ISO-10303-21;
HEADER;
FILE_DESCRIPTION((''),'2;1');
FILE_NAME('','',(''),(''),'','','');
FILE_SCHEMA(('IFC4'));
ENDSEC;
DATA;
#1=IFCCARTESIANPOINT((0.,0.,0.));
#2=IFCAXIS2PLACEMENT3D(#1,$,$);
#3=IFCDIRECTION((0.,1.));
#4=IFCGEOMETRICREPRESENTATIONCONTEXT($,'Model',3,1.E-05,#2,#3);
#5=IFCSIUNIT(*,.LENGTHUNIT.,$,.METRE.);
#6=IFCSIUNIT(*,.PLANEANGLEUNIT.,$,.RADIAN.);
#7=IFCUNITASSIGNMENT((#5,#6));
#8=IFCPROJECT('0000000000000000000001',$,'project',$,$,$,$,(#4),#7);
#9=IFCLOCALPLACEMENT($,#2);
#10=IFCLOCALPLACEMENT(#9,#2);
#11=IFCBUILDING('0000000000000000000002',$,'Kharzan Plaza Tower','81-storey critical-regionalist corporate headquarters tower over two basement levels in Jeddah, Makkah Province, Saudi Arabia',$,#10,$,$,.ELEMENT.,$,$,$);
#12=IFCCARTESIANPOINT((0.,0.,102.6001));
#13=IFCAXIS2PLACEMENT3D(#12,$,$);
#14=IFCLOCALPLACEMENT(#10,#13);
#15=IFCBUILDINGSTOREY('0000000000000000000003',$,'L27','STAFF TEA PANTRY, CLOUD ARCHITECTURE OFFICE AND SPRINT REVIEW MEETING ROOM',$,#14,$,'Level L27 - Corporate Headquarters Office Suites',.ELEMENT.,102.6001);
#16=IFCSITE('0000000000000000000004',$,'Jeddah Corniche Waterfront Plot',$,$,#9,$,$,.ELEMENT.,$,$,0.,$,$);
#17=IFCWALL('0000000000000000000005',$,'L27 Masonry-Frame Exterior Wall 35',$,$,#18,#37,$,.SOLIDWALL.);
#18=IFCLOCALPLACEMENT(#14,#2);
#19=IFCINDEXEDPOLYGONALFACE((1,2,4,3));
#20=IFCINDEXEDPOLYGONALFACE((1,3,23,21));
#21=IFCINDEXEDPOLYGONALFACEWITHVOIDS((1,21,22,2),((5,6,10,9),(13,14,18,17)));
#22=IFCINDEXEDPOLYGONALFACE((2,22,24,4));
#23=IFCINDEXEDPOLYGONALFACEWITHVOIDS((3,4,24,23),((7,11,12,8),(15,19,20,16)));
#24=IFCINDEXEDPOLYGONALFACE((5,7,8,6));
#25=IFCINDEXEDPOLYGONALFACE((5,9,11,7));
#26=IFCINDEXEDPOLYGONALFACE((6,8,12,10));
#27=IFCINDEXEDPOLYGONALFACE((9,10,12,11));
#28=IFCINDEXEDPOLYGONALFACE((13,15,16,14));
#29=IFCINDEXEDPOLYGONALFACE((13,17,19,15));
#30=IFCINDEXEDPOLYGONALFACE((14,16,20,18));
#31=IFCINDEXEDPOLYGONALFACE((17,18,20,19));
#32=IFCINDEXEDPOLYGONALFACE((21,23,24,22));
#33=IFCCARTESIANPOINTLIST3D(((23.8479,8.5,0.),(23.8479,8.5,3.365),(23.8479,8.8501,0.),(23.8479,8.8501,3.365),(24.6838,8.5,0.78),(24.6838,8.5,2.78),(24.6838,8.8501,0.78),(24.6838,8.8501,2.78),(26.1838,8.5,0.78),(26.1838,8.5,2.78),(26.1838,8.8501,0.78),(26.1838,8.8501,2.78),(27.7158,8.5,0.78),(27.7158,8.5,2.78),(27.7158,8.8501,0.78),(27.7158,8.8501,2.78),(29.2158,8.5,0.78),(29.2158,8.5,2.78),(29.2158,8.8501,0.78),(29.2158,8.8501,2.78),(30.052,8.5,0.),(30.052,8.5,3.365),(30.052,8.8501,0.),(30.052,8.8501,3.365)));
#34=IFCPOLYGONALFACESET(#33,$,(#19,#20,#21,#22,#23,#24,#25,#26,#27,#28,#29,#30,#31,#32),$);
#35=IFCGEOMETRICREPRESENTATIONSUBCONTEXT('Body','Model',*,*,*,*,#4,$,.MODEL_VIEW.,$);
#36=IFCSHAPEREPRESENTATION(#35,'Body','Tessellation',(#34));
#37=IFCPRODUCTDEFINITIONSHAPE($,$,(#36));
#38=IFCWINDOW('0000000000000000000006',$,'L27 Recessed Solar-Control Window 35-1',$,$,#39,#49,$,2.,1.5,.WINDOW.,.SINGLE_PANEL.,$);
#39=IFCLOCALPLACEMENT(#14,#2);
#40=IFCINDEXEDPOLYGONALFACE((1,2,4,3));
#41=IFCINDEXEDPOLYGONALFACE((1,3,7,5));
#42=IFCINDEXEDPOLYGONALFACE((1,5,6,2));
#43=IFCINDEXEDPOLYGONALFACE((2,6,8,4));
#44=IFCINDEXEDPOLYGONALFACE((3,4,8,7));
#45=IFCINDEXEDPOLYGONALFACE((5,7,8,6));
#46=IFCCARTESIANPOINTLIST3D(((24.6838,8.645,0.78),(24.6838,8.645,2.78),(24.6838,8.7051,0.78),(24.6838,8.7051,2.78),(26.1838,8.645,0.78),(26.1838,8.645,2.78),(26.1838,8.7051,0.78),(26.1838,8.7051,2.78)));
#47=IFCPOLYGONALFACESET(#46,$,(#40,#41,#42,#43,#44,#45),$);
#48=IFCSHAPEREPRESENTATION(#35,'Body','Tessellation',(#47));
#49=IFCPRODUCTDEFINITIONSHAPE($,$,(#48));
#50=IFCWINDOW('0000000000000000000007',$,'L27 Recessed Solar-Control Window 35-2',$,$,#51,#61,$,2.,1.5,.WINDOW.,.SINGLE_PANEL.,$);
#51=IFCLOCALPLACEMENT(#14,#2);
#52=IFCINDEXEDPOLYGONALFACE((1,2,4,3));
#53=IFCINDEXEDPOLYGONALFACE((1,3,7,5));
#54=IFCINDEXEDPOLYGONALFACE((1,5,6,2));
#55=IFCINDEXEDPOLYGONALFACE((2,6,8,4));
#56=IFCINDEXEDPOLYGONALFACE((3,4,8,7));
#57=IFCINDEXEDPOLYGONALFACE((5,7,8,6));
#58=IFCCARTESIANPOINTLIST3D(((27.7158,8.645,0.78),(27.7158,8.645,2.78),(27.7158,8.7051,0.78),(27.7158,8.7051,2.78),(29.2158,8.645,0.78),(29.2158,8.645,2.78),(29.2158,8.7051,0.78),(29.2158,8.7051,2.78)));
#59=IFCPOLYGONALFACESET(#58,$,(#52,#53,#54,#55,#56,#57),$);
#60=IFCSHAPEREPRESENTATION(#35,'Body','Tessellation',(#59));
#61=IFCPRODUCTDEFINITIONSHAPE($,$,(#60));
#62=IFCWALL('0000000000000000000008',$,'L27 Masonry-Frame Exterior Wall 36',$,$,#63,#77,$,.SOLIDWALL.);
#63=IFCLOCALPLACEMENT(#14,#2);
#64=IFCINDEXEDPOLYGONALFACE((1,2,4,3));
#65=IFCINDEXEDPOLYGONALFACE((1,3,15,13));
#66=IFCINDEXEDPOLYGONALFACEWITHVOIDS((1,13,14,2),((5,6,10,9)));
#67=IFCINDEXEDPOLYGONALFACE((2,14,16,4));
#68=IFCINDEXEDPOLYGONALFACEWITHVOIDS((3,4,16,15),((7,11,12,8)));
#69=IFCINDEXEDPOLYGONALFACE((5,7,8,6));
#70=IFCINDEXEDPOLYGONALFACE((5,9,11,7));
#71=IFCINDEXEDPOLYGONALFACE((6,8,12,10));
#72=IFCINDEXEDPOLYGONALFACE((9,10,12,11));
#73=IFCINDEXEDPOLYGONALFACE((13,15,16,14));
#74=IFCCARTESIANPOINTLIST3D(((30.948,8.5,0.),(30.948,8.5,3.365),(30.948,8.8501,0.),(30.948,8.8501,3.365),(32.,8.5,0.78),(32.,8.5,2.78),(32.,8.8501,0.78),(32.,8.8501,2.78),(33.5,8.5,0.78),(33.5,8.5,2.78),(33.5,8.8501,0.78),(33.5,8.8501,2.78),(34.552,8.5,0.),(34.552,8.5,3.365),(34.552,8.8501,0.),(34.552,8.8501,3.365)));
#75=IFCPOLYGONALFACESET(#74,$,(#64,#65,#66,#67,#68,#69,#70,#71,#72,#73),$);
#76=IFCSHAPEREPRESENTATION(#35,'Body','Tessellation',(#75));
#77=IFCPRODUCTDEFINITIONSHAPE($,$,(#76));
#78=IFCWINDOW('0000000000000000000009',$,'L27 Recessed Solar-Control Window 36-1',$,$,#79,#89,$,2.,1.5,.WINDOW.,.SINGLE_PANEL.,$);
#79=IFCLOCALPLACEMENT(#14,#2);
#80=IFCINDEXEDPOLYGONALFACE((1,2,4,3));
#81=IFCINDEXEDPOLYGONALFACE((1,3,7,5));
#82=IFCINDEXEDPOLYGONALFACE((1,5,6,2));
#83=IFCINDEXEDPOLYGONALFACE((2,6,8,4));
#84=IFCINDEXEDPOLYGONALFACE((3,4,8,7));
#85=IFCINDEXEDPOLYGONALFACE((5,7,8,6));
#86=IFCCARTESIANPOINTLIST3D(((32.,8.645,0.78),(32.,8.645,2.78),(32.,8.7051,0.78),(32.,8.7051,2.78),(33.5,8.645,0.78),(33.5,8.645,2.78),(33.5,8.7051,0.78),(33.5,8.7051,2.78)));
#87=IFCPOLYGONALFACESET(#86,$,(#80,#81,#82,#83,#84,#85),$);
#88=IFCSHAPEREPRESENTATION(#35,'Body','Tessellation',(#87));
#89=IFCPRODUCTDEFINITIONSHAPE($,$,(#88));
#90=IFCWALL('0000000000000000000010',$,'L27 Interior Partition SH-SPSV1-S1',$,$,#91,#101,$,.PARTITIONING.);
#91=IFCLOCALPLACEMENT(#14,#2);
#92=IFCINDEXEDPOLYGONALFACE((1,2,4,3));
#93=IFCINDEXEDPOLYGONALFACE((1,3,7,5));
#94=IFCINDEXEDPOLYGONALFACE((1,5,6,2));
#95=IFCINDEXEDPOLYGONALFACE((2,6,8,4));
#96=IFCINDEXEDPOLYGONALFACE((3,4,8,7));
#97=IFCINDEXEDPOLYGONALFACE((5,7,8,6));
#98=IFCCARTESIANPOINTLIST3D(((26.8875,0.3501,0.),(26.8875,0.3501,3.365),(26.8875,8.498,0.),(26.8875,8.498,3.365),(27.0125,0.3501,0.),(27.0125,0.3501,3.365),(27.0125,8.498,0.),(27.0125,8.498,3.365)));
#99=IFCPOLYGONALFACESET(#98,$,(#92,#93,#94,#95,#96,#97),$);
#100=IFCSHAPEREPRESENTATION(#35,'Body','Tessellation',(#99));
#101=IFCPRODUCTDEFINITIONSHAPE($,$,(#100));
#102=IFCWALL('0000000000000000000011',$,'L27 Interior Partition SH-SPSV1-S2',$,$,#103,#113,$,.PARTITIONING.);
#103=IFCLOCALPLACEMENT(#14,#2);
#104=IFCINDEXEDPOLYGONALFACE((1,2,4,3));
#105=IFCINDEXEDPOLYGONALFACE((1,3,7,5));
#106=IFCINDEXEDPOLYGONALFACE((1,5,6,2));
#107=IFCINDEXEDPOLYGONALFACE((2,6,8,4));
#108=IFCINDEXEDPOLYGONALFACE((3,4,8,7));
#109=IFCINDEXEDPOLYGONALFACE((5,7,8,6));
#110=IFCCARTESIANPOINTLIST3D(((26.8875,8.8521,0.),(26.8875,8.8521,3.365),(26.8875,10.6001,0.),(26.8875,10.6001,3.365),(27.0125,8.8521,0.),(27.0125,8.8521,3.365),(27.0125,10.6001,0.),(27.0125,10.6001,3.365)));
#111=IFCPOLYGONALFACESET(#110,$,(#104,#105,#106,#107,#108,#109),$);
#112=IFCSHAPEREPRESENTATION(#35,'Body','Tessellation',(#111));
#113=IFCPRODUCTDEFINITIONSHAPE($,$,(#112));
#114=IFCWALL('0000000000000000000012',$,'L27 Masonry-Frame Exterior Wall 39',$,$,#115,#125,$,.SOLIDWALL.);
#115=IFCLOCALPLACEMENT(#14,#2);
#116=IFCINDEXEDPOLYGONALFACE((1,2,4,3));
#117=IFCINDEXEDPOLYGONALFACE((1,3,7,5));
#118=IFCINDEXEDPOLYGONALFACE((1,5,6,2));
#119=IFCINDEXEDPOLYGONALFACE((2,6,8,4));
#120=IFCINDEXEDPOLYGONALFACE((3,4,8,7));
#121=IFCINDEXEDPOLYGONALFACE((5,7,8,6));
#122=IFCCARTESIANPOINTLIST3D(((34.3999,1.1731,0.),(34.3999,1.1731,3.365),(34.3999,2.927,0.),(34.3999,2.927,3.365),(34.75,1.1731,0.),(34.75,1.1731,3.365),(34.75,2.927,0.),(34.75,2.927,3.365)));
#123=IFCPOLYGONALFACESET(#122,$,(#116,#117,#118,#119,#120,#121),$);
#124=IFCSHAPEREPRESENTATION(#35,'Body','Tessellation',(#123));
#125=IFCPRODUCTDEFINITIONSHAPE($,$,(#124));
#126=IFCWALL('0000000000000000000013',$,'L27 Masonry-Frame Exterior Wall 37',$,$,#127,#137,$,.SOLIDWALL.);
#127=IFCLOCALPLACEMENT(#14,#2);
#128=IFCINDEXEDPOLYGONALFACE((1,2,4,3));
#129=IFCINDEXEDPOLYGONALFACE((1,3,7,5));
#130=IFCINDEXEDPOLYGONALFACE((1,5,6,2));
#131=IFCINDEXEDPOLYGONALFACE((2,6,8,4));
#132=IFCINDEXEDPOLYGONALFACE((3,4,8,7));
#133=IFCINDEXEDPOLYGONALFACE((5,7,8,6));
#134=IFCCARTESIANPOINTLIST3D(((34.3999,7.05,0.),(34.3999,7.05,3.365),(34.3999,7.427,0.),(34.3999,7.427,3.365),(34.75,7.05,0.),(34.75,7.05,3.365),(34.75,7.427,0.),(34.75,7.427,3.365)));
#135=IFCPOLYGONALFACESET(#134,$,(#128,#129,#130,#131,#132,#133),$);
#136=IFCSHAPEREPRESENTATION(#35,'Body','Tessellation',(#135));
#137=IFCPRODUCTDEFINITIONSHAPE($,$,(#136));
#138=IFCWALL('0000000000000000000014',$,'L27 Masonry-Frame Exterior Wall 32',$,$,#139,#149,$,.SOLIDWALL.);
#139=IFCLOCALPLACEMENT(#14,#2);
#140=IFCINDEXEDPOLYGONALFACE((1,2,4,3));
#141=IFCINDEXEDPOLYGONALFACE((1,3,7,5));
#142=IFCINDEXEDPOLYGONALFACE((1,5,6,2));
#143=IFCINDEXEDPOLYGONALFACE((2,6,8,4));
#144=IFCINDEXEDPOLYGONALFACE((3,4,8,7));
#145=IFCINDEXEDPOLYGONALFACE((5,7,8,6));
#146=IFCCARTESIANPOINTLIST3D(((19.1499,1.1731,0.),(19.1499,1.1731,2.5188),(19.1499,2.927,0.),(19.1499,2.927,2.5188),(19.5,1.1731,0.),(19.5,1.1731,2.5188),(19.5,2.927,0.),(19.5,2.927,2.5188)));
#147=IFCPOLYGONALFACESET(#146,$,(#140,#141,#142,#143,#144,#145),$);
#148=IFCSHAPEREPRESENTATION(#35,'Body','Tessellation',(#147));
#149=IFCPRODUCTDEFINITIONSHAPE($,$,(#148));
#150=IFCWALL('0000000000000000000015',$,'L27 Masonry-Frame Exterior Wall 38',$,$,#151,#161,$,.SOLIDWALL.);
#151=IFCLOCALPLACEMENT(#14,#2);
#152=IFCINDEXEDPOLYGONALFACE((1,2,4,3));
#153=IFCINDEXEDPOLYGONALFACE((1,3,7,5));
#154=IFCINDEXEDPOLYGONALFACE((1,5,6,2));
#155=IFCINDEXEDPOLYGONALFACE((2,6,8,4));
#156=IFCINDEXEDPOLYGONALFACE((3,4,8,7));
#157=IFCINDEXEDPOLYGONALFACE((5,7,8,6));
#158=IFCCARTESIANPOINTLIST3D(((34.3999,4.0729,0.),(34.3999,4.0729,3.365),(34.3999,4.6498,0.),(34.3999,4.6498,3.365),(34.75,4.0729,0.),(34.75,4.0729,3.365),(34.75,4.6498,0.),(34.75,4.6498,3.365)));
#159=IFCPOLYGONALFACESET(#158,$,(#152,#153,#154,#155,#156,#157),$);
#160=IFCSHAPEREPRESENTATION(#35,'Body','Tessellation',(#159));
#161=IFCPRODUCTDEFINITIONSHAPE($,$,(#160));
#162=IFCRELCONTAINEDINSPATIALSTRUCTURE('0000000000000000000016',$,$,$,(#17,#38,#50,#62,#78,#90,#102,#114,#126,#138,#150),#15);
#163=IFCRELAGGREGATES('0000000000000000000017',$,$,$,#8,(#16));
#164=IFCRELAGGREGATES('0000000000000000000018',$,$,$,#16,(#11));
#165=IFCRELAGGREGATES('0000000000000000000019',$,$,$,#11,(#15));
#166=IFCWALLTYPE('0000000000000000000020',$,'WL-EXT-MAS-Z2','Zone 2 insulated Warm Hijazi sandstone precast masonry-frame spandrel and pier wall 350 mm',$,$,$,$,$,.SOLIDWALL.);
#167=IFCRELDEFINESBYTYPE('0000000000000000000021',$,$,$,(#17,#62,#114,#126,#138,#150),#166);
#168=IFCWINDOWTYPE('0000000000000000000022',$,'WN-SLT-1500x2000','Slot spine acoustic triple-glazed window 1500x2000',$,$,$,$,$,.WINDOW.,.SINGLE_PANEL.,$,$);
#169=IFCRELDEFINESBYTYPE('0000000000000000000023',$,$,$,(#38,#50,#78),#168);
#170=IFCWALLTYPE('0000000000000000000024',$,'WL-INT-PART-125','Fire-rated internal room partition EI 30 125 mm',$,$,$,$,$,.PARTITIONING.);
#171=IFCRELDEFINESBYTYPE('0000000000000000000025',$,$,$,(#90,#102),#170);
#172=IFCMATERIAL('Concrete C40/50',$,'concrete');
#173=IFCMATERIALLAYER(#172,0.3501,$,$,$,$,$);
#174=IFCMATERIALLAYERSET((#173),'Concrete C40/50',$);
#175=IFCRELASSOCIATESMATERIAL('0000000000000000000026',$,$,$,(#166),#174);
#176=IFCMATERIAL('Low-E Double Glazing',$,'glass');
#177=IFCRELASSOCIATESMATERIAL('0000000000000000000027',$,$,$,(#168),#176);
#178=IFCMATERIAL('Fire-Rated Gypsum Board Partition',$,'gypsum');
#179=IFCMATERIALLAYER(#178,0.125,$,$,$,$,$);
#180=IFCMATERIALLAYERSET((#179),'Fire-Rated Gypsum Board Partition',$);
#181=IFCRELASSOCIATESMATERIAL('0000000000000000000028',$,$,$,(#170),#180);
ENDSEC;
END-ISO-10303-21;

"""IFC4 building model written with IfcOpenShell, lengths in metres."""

from ifc_helpers import new_model, si_unit, direction, frame, frame_2d, origin, place, context, subcontext, project, spatial, rectangle, extrude, source, transform, mapped, material, layer, layer_set, type_object, element, fill, save


model = new_model("IFC4")

# Units and contexts
model_context = context("Model", 3, precision=1e-05, world=origin(), true_north=direction((0.0, 1.0)))
body_context = subcontext(model_context, "Body", "Model", "MODEL_VIEW")
ifc_project = project(units=[si_unit("LENGTHUNIT", "METRE"), si_unit("PLANEANGLEUNIT", "RADIAN")], contexts=[model_context])

# Site, building, storey
site_placement = place(None, origin())
site = spatial("IfcSite", under=ifc_project, at=site_placement, Name="Jeddah Corniche Waterfront Plot", CompositionType="ELEMENT", RefElevation=0.0)
building_placement = place(site_placement, origin())
building = spatial("IfcBuilding", under=site, at=building_placement, Name="Kharzan Plaza Tower", Description="81-storey critical-regionalist corporate headquarters tower over two basement levels in Jeddah, Makkah Province, Saudi Arabia", CompositionType="ELEMENT")
storey_placement = place(building_placement, frame((0.0, 0.0, 102.6001)))
storey = spatial("IfcBuildingStorey", under=building, at=storey_placement, Name="L27", Description="STAFF TEA PANTRY, CLOUD ARCHITECTURE OFFICE AND SPRINT REVIEW MEETING ROOM", LongName="Level L27 - Corporate Headquarters Office Suites", CompositionType="ELEMENT", Elevation=102.6001)

# Shared definitions
ifc_material_1 = material(Name="Concrete C40/50", Category="concrete")
ifc_layer_1 = layer(ifc_material_1, 0.3501)
ifc_layer_set_1 = layer_set([ifc_layer_1], Name="Concrete C40/50")
wall_type_1 = type_object("IfcWallType", Name="WL-EXT-MAS-Z2", Description="Zone 2 insulated Warm Hijazi sandstone precast masonry-frame spandrel and pier wall 350 mm", PredefinedType="SOLIDWALL", material=ifc_layer_set_1)
ifc_material_2 = material(Name="Low-E Double Glazing", Category="glass")
window_type = type_object("IfcWindowType", Name="WN-SLT-1500x2000", Description="Slot spine acoustic triple-glazed window 1500x2000", PartitioningType="SINGLE_PANEL", PredefinedType="WINDOW", material=ifc_material_2)
shared_shape_1 = source(origin(), body_context, "Body", "SweptSolid", [
    extrude(rectangle(XDim=1.5, YDim=2.0, at=frame_2d((0.75, 1.0))), frame((0.0, 0.03, 0.0), z_axis=(0.0, -1.0, 0.0), x_axis=(1.0, 0.0, 0.0)), (0.0, 0.0, 1.0), 0.0601),
])

# Wall, openings, windows
wall_1_placement = place(storey_placement, frame((23.8479, 8.675, 0.0), z_axis=(0.0, 0.0, 1.0), x_axis=(1.0, 0.0, 0.0)))
wall_1 = element("IfcWall", 1, at=wall_1_placement, inside=storey, type_object=wall_type_1, Name="L27 Masonry-Frame Exterior Wall 35", PredefinedType="SOLIDWALL", context=body_context, shape_type="SweptSolid", body=[
    extrude(rectangle(XDim=6.2041, YDim=0.3501, at=frame_2d((3.1021, 0.0))), origin(), (0.0, 0.0, 1.0), 3.365),
])
opening_1_placement = place(wall_1_placement, frame((0.8359, 0.0, 0.78)))
opening_1 = element("IfcOpeningElement", 2, at=opening_1_placement, cuts=wall_1, PredefinedType="OPENING", context=body_context, shape_type="SweptSolid", body=[
    extrude(rectangle(XDim=1.5, YDim=2.0, at=frame_2d((0.75, 1.0))), frame((0.0, 0.1851, 0.0), z_axis=(0.0, -1.0, 0.0), x_axis=(1.0, 0.0, 0.0)), (0.0, 0.0, 1.0), 0.3701),
])
opening_2_placement = place(wall_1_placement, frame((3.8679, 0.0, 0.78)))
opening_2 = element("IfcOpeningElement", 3, at=opening_2_placement, cuts=wall_1, PredefinedType="OPENING", context=body_context, shape_type="SweptSolid", body=[
    extrude(rectangle(XDim=1.5, YDim=2.0, at=frame_2d((0.75, 1.0))), frame((0.0, 0.1851, 0.0), z_axis=(0.0, -1.0, 0.0), x_axis=(1.0, 0.0, 0.0)), (0.0, 0.0, 1.0), 0.3701),
])
window_1_placement = place(opening_1_placement, origin())
window_1 = element("IfcWindow", 4, at=window_1_placement, inside=storey, type_object=window_type, Name="L27 Recessed Solar-Control Window 35-1", OverallHeight=2.0, OverallWidth=1.5, PartitioningType="SINGLE_PANEL", PredefinedType="WINDOW", context=body_context, shape_type="MappedRepresentation", body=[
    mapped(shared_shape_1, transform((0.0, 0.0, 0.0), x_axis=(1.0, 0.0, 0.0), y_axis=(0.0, 1.0, 0.0), z_axis=(0.0, 0.0, 1.0))),
])
fill(opening_1, window_1)
window_2_placement = place(opening_2_placement, origin())
window_2 = element("IfcWindow", 5, at=window_2_placement, inside=storey, type_object=window_type, Name="L27 Recessed Solar-Control Window 35-2", OverallHeight=2.0, OverallWidth=1.5, PartitioningType="SINGLE_PANEL", PredefinedType="WINDOW", context=body_context, shape_type="MappedRepresentation", body=[
    mapped(shared_shape_1, transform((0.0, 0.0, 0.0), x_axis=(1.0, 0.0, 0.0), y_axis=(0.0, 1.0, 0.0), z_axis=(0.0, 0.0, 1.0))),
])
fill(opening_2, window_2)

# Wall, opening, window
wall_2_placement = place(storey_placement, frame((30.948, 8.675, 0.0), z_axis=(0.0, 0.0, 1.0), x_axis=(1.0, 0.0, 0.0)))
wall_2 = element("IfcWall", 6, at=wall_2_placement, inside=storey, type_object=wall_type_1, Name="L27 Masonry-Frame Exterior Wall 36", PredefinedType="SOLIDWALL", context=body_context, shape_type="SweptSolid", body=[
    extrude(rectangle(XDim=3.604, YDim=0.3501, at=frame_2d((1.802, 0.0))), origin(), (0.0, 0.0, 1.0), 3.365),
])
opening_3_placement = place(wall_2_placement, frame((1.052, 0.0, 0.78)))
opening_3 = element("IfcOpeningElement", 7, at=opening_3_placement, cuts=wall_2, PredefinedType="OPENING", context=body_context, shape_type="SweptSolid", body=[
    extrude(rectangle(XDim=1.5, YDim=2.0, at=frame_2d((0.75, 1.0))), frame((0.0, 0.1851, 0.0), z_axis=(0.0, -1.0, 0.0), x_axis=(1.0, 0.0, 0.0)), (0.0, 0.0, 1.0), 0.3701),
])
window_3_placement = place(opening_3_placement, origin())
window_3 = element("IfcWindow", 8, at=window_3_placement, inside=storey, type_object=window_type, Name="L27 Recessed Solar-Control Window 36-1", OverallHeight=2.0, OverallWidth=1.5, PartitioningType="SINGLE_PANEL", PredefinedType="WINDOW", context=body_context, shape_type="MappedRepresentation", body=[
    mapped(shared_shape_1, transform((0.0, 0.0, 0.0), x_axis=(1.0, 0.0, 0.0), y_axis=(0.0, 1.0, 0.0), z_axis=(0.0, 0.0, 1.0))),
])
fill(opening_3, window_3)

# Walls
ifc_material_3 = material(Name="Fire-Rated Gypsum Board Partition", Category="gypsum")
ifc_layer_2 = layer(ifc_material_3, 0.125)
ifc_layer_set_2 = layer_set([ifc_layer_2], Name="Fire-Rated Gypsum Board Partition")
wall_type_2 = type_object("IfcWallType", Name="WL-INT-PART-125", Description="Fire-rated internal room partition EI 30 125 mm", PredefinedType="PARTITIONING", material=ifc_layer_set_2)
shared_shape_2 = source(origin(), body_context, "Body", "SweptSolid", [
    extrude(rectangle(XDim=8.1479, YDim=0.125, at=frame_2d((4.074, 0.0))), origin(), (0.0, 0.0, 1.0), 3.365),
])
wall_3_placement = place(storey_placement, frame((26.95, 0.3501, 0.0), z_axis=(0.0, 0.0, 1.0), x_axis=(0.0, 1.0, 0.0)))
element("IfcWall", 9, at=wall_3_placement, inside=storey, type_object=wall_type_2, Name="L27 Interior Partition SH-SPSV1-S1", PredefinedType="PARTITIONING", context=body_context, shape_type="MappedRepresentation", body=[
    mapped(shared_shape_2, transform((0.0, 0.0, 0.0), x_axis=(1.0, 0.0, 0.0), y_axis=(0.0, 1.0, 0.0), z_axis=(0.0, 0.0, 1.0))),
])
shared_shape_3 = source(origin(), body_context, "Body", "SweptSolid", [
    extrude(rectangle(XDim=1.748, YDim=0.125, at=frame_2d((0.874, 0.0))), origin(), (0.0, 0.0, 1.0), 3.365),
])
wall_4_placement = place(storey_placement, frame((26.95, 8.8521, 0.0), z_axis=(0.0, 0.0, 1.0), x_axis=(0.0, 1.0, 0.0)))
element("IfcWall", 10, at=wall_4_placement, inside=storey, type_object=wall_type_2, Name="L27 Interior Partition SH-SPSV1-S2", PredefinedType="PARTITIONING", context=body_context, shape_type="MappedRepresentation", body=[
    mapped(shared_shape_3, transform((0.0, 0.0, 0.0), x_axis=(1.0, 0.0, 0.0), y_axis=(0.0, 1.0, 0.0), z_axis=(0.0, 0.0, 1.0))),
])
shared_shape_4 = source(origin(), body_context, "Body", "SweptSolid", [
    extrude(rectangle(XDim=1.7539, YDim=0.3501, at=frame_2d((0.877, 0.0))), origin(), (0.0, 0.0, 1.0), 3.365),
])
wall_5_placement = place(storey_placement, frame((34.575, 2.927, 0.0), z_axis=(0.0, 0.0, 1.0), x_axis=(0.0, -1.0, 0.0)))
element("IfcWall", 11, at=wall_5_placement, inside=storey, type_object=wall_type_1, Name="L27 Masonry-Frame Exterior Wall 39", PredefinedType="SOLIDWALL", context=body_context, shape_type="MappedRepresentation", body=[
    mapped(shared_shape_4, transform((0.0, 0.0, 0.0), x_axis=(1.0, 0.0, 0.0), y_axis=(0.0, 1.0, 0.0), z_axis=(0.0, 0.0, 1.0))),
])
shared_shape_5 = source(origin(), body_context, "Body", "SweptSolid", [
    extrude(rectangle(XDim=0.377, YDim=0.3501, at=frame_2d((0.1885, 0.0))), origin(), (0.0, 0.0, 1.0), 3.365),
])
wall_6_placement = place(storey_placement, frame((34.575, 7.427, 0.0), z_axis=(0.0, 0.0, 1.0), x_axis=(0.0, -1.0, 0.0)))
element("IfcWall", 12, at=wall_6_placement, inside=storey, type_object=wall_type_1, Name="L27 Masonry-Frame Exterior Wall 37", PredefinedType="SOLIDWALL", context=body_context, shape_type="MappedRepresentation", body=[
    mapped(shared_shape_5, transform((0.0, 0.0, 0.0), x_axis=(1.0, 0.0, 0.0), y_axis=(0.0, 1.0, 0.0), z_axis=(0.0, 0.0, 1.0))),
])
shared_shape_6 = source(origin(), body_context, "Body", "SweptSolid", [
    extrude(rectangle(XDim=1.7539, YDim=0.3501, at=frame_2d((0.877, 0.0))), origin(), (0.0, 0.0, 1.0), 2.5188),
])
wall_7_placement = place(storey_placement, frame((19.325, 1.1731, 0.0), z_axis=(0.0, 0.0, 1.0), x_axis=(0.0, 1.0, 0.0)))
element("IfcWall", 13, at=wall_7_placement, inside=storey, type_object=wall_type_1, Name="L27 Masonry-Frame Exterior Wall 32", PredefinedType="SOLIDWALL", context=body_context, shape_type="MappedRepresentation", body=[
    mapped(shared_shape_6, transform((0.0, 0.0, 0.0), x_axis=(1.0, 0.0, 0.0), y_axis=(0.0, 1.0, 0.0), z_axis=(0.0, 0.0, 1.0))),
])
shared_shape_7 = source(origin(), body_context, "Body", "SweptSolid", [
    extrude(rectangle(XDim=0.5769, YDim=0.3501, at=frame_2d((0.2886, 0.0))), origin(), (0.0, 0.0, 1.0), 3.365),
])
wall_8_placement = place(storey_placement, frame((34.575, 4.6499, 0.0), z_axis=(0.0, 0.0, 1.0), x_axis=(0.0, -1.0, 0.0)))
element("IfcWall", 14, at=wall_8_placement, inside=storey, type_object=wall_type_1, Name="L27 Masonry-Frame Exterior Wall 38", PredefinedType="SOLIDWALL", context=body_context, shape_type="MappedRepresentation", body=[
    mapped(shared_shape_7, transform((0.0, 0.0, 0.0), x_axis=(1.0, 0.0, 0.0), y_axis=(0.0, 1.0, 0.0), z_axis=(0.0, 0.0, 1.0))),
])

save(model, "model.ifc")
